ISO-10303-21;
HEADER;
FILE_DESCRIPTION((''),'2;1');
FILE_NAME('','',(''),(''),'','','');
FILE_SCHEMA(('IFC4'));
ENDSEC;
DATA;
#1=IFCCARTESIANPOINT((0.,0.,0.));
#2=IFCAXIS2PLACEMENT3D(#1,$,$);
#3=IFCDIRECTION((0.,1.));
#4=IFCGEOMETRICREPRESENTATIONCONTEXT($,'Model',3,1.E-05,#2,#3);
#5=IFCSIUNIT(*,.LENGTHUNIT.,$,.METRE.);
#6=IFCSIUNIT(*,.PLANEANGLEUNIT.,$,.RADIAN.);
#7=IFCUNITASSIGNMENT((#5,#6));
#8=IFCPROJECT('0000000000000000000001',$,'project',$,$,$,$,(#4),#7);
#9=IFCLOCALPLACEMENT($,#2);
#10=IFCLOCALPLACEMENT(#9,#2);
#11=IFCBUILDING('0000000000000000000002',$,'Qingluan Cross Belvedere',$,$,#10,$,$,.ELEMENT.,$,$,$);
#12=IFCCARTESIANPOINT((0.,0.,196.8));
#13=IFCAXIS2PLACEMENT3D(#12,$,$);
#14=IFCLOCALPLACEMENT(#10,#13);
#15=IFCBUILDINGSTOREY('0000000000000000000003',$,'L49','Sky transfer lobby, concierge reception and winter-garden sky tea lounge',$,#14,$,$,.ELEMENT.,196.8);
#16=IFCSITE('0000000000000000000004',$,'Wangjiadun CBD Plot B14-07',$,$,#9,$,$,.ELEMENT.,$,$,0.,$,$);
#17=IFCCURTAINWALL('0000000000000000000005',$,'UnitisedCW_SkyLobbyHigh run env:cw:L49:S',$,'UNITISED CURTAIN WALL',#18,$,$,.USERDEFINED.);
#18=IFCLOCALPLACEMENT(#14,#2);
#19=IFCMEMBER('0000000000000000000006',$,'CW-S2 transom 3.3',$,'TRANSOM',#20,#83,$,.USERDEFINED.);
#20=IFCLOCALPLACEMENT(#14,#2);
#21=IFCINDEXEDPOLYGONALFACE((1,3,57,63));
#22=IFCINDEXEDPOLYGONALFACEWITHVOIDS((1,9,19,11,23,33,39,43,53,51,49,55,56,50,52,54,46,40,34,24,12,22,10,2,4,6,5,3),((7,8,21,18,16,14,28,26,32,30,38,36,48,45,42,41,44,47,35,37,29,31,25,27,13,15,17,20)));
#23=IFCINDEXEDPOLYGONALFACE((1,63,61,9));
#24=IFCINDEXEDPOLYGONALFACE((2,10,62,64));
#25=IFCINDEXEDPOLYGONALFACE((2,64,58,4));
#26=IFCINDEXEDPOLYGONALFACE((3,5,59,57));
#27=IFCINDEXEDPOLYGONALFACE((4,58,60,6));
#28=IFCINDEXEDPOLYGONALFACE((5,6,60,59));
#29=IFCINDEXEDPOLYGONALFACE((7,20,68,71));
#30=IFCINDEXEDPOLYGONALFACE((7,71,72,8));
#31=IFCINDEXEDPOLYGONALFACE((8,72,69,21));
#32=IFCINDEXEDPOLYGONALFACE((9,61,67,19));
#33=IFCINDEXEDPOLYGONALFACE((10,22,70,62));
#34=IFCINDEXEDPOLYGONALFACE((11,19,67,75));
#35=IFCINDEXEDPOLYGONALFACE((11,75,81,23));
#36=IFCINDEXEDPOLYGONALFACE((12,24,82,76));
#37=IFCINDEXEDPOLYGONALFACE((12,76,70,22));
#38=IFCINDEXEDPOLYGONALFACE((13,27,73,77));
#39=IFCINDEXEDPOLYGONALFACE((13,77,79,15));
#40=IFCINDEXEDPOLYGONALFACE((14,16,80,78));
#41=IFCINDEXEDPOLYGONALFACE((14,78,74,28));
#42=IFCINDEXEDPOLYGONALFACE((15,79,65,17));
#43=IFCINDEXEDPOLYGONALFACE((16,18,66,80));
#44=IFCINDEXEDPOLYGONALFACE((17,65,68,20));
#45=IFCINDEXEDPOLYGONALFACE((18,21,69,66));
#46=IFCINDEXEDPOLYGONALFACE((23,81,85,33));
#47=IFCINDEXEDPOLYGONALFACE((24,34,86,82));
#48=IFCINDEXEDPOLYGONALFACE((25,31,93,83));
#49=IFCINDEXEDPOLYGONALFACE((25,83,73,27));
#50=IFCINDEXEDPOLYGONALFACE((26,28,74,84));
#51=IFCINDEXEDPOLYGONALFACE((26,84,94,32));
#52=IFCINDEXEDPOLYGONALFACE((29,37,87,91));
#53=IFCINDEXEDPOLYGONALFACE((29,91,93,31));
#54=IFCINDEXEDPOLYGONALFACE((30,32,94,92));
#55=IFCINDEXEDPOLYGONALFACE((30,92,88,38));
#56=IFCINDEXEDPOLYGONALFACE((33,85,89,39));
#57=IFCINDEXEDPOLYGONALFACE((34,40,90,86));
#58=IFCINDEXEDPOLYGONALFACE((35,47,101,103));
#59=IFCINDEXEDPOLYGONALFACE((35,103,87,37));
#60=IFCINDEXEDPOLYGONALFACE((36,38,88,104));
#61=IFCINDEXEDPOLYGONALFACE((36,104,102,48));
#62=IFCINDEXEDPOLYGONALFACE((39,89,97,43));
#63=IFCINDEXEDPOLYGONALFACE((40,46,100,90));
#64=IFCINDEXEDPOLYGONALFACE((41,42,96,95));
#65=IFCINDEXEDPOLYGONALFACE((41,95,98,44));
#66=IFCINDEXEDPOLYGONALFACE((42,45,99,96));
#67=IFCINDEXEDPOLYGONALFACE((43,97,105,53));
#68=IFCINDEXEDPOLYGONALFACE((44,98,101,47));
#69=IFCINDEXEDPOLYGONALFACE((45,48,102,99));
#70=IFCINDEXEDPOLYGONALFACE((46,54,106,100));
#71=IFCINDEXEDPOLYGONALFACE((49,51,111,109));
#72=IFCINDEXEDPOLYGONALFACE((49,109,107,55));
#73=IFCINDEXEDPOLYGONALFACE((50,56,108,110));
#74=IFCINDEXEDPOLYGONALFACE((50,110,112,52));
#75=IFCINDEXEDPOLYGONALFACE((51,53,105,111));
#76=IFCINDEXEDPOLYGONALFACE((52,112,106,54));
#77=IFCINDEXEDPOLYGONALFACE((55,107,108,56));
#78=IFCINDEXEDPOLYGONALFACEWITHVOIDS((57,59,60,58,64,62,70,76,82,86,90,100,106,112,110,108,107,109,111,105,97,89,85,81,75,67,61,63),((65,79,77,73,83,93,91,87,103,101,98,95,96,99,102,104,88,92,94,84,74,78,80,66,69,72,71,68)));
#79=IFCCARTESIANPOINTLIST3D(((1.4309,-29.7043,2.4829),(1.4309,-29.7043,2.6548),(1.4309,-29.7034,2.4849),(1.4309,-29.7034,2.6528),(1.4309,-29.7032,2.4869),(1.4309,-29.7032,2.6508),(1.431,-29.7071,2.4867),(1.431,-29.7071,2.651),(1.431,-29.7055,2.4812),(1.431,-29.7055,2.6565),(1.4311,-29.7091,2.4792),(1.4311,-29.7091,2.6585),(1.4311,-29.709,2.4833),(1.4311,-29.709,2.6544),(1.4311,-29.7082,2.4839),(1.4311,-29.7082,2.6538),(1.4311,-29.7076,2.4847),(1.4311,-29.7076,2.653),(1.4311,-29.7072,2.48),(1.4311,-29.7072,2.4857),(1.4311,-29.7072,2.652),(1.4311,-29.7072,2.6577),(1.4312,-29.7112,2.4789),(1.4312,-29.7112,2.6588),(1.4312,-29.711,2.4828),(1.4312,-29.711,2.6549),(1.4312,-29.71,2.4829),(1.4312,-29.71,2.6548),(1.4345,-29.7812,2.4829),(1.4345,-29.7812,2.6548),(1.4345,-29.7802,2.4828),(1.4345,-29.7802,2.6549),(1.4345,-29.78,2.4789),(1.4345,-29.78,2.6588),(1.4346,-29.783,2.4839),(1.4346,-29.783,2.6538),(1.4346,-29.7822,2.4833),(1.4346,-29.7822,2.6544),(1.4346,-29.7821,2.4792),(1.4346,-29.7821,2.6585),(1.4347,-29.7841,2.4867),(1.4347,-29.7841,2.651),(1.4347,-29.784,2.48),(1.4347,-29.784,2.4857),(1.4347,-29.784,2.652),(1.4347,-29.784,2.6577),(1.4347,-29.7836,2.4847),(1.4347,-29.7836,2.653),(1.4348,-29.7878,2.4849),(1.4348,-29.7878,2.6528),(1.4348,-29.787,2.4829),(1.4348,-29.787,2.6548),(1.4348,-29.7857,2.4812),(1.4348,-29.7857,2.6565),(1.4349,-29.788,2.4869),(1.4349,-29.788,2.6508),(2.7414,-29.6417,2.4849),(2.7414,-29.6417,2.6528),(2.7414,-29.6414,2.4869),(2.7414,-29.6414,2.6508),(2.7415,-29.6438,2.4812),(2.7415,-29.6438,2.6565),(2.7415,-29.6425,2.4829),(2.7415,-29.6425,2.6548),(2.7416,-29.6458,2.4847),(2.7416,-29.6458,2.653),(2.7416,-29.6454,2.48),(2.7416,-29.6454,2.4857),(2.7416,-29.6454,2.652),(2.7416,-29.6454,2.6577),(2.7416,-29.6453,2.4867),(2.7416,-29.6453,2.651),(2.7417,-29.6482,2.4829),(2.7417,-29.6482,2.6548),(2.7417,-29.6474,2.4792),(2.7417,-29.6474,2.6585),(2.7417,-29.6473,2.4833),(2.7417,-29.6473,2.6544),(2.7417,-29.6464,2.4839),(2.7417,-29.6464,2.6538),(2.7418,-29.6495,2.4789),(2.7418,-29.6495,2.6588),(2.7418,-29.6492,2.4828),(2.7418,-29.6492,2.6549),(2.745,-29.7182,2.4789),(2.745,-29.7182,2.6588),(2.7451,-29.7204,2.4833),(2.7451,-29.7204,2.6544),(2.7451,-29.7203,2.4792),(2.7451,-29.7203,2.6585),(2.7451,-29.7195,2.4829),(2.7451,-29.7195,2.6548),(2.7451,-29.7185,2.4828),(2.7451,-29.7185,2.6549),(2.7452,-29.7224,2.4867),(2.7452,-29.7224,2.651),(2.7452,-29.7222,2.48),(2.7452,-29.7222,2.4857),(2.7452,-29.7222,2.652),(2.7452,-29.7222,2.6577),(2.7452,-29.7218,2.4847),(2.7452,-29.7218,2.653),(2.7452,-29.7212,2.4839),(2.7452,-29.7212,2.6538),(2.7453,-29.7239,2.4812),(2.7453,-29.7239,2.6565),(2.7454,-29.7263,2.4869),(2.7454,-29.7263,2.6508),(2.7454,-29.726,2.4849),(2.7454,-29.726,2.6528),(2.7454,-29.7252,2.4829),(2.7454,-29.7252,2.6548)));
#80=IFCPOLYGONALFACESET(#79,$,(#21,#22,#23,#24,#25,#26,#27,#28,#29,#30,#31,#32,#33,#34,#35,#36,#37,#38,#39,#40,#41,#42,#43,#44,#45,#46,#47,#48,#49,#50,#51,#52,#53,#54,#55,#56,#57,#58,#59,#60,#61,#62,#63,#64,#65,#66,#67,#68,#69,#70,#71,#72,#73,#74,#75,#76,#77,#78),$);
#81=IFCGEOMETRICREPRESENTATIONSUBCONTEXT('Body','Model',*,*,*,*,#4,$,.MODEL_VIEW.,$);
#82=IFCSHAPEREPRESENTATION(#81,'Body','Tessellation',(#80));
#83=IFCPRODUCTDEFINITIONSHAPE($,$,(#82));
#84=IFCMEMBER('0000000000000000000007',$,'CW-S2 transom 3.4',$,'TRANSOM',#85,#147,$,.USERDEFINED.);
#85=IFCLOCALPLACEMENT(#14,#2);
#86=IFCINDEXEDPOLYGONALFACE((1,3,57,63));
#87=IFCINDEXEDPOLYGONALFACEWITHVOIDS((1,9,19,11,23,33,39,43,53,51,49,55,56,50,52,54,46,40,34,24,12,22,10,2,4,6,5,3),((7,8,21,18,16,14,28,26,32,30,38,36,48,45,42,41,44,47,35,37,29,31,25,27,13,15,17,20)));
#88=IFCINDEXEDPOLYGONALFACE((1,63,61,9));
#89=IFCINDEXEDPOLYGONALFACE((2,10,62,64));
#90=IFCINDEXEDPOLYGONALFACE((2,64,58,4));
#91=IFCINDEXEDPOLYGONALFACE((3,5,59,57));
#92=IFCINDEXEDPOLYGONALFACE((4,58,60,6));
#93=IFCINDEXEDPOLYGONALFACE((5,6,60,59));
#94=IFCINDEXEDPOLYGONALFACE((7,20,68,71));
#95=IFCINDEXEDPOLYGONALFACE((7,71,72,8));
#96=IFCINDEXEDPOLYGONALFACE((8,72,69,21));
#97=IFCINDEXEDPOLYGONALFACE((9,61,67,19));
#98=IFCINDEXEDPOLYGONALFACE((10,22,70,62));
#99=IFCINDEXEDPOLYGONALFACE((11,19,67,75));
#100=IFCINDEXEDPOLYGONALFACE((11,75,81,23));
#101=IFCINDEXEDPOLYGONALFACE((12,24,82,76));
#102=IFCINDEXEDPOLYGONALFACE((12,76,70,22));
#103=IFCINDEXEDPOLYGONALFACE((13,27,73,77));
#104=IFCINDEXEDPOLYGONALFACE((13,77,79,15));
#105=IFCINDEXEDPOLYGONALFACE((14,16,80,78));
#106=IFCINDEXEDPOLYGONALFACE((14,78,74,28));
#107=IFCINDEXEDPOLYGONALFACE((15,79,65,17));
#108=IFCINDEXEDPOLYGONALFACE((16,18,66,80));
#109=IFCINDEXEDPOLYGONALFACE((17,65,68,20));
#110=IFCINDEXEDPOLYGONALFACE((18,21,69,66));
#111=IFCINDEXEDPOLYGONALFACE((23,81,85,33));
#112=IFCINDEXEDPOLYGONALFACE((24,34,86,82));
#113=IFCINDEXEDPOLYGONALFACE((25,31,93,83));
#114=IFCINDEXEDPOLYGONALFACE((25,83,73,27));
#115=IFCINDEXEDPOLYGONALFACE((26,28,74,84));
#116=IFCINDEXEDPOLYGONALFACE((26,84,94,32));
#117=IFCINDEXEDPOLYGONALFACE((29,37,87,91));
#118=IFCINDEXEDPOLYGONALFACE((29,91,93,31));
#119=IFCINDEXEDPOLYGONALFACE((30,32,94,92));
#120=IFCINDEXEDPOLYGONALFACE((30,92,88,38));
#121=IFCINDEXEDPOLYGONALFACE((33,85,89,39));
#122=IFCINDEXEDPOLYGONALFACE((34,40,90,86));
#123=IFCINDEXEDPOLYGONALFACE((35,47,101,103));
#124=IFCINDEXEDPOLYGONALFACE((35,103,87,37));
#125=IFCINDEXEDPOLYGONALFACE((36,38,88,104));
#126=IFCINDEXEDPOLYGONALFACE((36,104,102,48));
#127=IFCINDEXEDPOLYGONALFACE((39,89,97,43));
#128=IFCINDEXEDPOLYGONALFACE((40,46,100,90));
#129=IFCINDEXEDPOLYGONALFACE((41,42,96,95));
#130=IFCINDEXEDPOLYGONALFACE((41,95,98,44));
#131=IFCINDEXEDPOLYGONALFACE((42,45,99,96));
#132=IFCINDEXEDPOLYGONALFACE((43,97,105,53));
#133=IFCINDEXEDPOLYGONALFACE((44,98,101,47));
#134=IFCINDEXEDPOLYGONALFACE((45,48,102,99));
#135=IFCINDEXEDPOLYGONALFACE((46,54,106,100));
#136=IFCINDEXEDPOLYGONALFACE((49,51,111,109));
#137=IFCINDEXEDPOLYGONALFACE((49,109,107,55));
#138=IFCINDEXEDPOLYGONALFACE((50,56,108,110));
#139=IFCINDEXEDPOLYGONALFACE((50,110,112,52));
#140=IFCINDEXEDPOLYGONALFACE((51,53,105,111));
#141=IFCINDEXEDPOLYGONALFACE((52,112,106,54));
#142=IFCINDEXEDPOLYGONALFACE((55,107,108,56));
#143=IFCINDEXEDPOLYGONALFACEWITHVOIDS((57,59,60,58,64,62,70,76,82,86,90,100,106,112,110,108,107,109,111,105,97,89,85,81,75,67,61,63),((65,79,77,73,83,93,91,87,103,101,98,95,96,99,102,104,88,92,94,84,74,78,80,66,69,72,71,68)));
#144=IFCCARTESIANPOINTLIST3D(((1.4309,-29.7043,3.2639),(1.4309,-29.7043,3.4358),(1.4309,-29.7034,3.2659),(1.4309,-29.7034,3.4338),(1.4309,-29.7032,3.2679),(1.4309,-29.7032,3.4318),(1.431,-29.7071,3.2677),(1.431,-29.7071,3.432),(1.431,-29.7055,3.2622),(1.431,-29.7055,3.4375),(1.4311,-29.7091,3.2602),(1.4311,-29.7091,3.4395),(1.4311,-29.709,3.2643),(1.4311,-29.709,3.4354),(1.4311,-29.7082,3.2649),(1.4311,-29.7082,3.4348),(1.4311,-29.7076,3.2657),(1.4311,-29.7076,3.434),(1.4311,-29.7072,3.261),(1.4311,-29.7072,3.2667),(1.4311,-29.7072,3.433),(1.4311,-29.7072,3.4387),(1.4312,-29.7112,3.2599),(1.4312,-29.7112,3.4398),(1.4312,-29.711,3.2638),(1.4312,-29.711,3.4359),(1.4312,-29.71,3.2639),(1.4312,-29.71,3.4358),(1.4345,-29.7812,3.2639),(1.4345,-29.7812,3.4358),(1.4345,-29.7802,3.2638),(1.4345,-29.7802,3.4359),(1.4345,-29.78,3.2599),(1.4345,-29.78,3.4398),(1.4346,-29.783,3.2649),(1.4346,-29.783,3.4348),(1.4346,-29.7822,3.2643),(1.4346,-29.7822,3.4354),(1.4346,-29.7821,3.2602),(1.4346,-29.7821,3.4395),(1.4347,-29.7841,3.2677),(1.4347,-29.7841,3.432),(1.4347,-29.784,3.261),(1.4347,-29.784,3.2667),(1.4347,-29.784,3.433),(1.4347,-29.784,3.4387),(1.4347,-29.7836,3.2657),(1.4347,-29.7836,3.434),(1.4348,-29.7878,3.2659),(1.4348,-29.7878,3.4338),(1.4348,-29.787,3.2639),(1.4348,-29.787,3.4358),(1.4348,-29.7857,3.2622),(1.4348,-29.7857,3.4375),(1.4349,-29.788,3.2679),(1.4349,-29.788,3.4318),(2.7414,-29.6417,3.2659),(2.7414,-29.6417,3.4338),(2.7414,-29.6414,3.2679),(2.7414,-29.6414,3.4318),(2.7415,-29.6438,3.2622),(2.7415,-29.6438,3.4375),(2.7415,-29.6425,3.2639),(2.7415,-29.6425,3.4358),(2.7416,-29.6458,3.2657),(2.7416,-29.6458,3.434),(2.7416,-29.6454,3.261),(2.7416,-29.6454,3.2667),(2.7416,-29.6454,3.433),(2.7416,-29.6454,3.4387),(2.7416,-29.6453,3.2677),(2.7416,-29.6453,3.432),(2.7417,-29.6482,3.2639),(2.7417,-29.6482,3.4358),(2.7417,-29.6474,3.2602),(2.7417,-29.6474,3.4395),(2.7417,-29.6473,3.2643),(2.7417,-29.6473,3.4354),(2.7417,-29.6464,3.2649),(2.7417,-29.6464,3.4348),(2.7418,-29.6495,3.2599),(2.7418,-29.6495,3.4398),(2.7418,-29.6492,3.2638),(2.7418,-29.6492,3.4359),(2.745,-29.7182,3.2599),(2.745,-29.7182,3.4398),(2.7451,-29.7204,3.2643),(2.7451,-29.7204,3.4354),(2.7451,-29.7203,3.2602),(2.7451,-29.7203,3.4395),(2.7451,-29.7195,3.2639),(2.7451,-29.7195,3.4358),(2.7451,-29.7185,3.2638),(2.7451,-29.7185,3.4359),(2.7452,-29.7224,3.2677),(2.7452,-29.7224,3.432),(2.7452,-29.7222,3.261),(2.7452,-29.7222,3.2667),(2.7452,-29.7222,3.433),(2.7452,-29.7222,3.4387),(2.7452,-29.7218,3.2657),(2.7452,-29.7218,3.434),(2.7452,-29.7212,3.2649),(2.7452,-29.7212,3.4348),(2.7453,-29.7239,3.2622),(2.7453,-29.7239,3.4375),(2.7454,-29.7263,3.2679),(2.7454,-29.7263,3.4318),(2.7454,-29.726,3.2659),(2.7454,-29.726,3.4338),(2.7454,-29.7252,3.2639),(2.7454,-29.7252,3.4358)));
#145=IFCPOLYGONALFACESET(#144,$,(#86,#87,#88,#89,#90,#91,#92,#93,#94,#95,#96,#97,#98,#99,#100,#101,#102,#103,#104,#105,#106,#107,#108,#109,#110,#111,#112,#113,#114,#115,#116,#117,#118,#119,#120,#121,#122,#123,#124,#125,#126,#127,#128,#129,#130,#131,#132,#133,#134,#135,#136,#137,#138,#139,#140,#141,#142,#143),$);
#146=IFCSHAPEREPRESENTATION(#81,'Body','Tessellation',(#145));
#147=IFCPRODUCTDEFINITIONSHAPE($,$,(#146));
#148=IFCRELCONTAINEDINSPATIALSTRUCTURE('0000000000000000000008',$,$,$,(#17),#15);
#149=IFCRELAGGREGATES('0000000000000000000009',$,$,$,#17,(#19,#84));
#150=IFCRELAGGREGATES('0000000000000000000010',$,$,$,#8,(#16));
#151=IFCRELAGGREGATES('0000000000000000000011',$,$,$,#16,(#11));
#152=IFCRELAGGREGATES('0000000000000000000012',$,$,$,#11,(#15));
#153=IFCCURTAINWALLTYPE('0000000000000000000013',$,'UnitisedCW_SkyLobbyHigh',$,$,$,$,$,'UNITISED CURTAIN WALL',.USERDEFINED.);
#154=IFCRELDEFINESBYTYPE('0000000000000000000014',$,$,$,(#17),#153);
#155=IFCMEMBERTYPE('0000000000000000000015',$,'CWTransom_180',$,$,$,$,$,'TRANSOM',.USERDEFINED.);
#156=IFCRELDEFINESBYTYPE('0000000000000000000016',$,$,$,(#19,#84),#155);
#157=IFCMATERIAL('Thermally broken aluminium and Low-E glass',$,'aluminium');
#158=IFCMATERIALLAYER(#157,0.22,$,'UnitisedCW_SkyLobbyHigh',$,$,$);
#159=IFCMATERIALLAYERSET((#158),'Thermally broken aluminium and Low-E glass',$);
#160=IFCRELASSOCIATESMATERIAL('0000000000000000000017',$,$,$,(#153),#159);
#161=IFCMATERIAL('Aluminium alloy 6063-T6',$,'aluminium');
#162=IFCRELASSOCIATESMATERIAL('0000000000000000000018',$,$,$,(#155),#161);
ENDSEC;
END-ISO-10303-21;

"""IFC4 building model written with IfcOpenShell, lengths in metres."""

from ifc_helpers import new_model, si_unit, direction, frame, origin, origin_2d, place, context, subcontext, project, spatial, hollow_rectangle, extrude, material, layer, layer_set, material_profile, profile_set, type_object, element, aggregate, save


model = new_model("IFC4")

# Units and contexts
model_context = context("Model", 3, precision=1e-05, world=origin(), true_north=direction((0.0, 1.0)))
body_context = subcontext(model_context, "Body", "Model", "MODEL_VIEW")
ifc_project = project(units=[si_unit("LENGTHUNIT", "METRE"), si_unit("PLANEANGLEUNIT", "RADIAN")], contexts=[model_context])

# Site, building, storey
site_placement = place(None, origin())
site = spatial("IfcSite", under=ifc_project, at=site_placement, Name="Wangjiadun CBD Plot B14-07", CompositionType="ELEMENT", RefElevation=0.0)
building_placement = place(site_placement, origin())
building = spatial("IfcBuilding", under=site, at=building_placement, Name="Qingluan Cross Belvedere", CompositionType="ELEMENT")
storey_placement = place(building_placement, frame((0.0, 0.0, 196.8)))
storey = spatial("IfcBuildingStorey", under=building, at=storey_placement, Name="L49", Description="Sky transfer lobby, concierge reception and winter-garden sky tea lounge", CompositionType="ELEMENT", Elevation=196.8)

# Curtain wall, members
ifc_material_1 = material(Name="Thermally broken aluminium and Low-E glass", Category="aluminium")
ifc_layer_1 = layer(ifc_material_1, 0.22, Name="UnitisedCW_SkyLobbyHigh")
ifc_layer_set_1 = layer_set([ifc_layer_1], Name="Thermally broken aluminium and Low-E glass")
curtain_wall_type = type_object("IfcCurtainWallType", Name="UnitisedCW_SkyLobbyHigh", ElementType="UNITISED CURTAIN WALL", PredefinedType="USERDEFINED", material=ifc_layer_set_1)
curtain_wall_placement = place(storey_placement, origin())
curtain_wall = element("IfcCurtainWall", 1, at=curtain_wall_placement, inside=storey, type_object=curtain_wall_type, Name="UnitisedCW_SkyLobbyHigh run env:cw:L49:S", ObjectType="UNITISED CURTAIN WALL", PredefinedType="USERDEFINED")
ifc_material_2 = material(Name="Aluminium alloy 6063-T6", Category="aluminium")
ifc_material_profile_1 = material_profile(ifc_material_2, hollow_rectangle(XDim=0.085, YDim=0.1799, WallThickness=0.0039, InnerFilletRadius=0.0039, OuterFilletRadius=0.0081, at=origin_2d()), Name="CWT180x85x4")
ifc_profile_set_1 = profile_set([ifc_material_profile_1], Name="Aluminium alloy 6063-T6")
member_type_1 = type_object("IfcMemberType", Name="CWTransom_180", ElementType="TRANSOM", PredefinedType="USERDEFINED", material=ifc_profile_set_1)
member_1_placement = place(storey_placement, frame((1.4329, -29.7456, 2.5688), z_axis=(0.998891, 0.047079, 0.0), x_axis=(-0.047079, 0.998891, 0.0)))
member_1 = element("IfcMember", 2, at=member_1_placement, type_object=member_type_1, Name="CW-S2 transom 3.3", ObjectType="TRANSOM", PredefinedType="USERDEFINED", context=body_context, shape_type="SweptSolid", body=[
    extrude(hollow_rectangle(XDim=0.085, YDim=0.1799, WallThickness=0.0039, InnerFilletRadius=0.0039, OuterFilletRadius=0.0081, at=origin_2d()), origin(), (0.0, 0.0, 1.0), 1.312),
])
member_2_placement = place(storey_placement, frame((1.4329, -29.7456, 3.3499), z_axis=(0.998891, 0.047079, 0.0), x_axis=(-0.047079, 0.998891, 0.0)))
member_2 = element("IfcMember", 3, at=member_2_placement, type_object=member_type_1, Name="CW-S2 transom 3.4", ObjectType="TRANSOM", PredefinedType="USERDEFINED", context=body_context, shape_type="SweptSolid", body=[
    extrude(hollow_rectangle(XDim=0.085, YDim=0.1799, WallThickness=0.0039, InnerFilletRadius=0.0039, OuterFilletRadius=0.0081, at=origin_2d()), origin(), (0.0, 0.0, 1.0), 1.312),
])
aggregate(curtain_wall, [member_1, member_2])

save(model, "model.ifc")
